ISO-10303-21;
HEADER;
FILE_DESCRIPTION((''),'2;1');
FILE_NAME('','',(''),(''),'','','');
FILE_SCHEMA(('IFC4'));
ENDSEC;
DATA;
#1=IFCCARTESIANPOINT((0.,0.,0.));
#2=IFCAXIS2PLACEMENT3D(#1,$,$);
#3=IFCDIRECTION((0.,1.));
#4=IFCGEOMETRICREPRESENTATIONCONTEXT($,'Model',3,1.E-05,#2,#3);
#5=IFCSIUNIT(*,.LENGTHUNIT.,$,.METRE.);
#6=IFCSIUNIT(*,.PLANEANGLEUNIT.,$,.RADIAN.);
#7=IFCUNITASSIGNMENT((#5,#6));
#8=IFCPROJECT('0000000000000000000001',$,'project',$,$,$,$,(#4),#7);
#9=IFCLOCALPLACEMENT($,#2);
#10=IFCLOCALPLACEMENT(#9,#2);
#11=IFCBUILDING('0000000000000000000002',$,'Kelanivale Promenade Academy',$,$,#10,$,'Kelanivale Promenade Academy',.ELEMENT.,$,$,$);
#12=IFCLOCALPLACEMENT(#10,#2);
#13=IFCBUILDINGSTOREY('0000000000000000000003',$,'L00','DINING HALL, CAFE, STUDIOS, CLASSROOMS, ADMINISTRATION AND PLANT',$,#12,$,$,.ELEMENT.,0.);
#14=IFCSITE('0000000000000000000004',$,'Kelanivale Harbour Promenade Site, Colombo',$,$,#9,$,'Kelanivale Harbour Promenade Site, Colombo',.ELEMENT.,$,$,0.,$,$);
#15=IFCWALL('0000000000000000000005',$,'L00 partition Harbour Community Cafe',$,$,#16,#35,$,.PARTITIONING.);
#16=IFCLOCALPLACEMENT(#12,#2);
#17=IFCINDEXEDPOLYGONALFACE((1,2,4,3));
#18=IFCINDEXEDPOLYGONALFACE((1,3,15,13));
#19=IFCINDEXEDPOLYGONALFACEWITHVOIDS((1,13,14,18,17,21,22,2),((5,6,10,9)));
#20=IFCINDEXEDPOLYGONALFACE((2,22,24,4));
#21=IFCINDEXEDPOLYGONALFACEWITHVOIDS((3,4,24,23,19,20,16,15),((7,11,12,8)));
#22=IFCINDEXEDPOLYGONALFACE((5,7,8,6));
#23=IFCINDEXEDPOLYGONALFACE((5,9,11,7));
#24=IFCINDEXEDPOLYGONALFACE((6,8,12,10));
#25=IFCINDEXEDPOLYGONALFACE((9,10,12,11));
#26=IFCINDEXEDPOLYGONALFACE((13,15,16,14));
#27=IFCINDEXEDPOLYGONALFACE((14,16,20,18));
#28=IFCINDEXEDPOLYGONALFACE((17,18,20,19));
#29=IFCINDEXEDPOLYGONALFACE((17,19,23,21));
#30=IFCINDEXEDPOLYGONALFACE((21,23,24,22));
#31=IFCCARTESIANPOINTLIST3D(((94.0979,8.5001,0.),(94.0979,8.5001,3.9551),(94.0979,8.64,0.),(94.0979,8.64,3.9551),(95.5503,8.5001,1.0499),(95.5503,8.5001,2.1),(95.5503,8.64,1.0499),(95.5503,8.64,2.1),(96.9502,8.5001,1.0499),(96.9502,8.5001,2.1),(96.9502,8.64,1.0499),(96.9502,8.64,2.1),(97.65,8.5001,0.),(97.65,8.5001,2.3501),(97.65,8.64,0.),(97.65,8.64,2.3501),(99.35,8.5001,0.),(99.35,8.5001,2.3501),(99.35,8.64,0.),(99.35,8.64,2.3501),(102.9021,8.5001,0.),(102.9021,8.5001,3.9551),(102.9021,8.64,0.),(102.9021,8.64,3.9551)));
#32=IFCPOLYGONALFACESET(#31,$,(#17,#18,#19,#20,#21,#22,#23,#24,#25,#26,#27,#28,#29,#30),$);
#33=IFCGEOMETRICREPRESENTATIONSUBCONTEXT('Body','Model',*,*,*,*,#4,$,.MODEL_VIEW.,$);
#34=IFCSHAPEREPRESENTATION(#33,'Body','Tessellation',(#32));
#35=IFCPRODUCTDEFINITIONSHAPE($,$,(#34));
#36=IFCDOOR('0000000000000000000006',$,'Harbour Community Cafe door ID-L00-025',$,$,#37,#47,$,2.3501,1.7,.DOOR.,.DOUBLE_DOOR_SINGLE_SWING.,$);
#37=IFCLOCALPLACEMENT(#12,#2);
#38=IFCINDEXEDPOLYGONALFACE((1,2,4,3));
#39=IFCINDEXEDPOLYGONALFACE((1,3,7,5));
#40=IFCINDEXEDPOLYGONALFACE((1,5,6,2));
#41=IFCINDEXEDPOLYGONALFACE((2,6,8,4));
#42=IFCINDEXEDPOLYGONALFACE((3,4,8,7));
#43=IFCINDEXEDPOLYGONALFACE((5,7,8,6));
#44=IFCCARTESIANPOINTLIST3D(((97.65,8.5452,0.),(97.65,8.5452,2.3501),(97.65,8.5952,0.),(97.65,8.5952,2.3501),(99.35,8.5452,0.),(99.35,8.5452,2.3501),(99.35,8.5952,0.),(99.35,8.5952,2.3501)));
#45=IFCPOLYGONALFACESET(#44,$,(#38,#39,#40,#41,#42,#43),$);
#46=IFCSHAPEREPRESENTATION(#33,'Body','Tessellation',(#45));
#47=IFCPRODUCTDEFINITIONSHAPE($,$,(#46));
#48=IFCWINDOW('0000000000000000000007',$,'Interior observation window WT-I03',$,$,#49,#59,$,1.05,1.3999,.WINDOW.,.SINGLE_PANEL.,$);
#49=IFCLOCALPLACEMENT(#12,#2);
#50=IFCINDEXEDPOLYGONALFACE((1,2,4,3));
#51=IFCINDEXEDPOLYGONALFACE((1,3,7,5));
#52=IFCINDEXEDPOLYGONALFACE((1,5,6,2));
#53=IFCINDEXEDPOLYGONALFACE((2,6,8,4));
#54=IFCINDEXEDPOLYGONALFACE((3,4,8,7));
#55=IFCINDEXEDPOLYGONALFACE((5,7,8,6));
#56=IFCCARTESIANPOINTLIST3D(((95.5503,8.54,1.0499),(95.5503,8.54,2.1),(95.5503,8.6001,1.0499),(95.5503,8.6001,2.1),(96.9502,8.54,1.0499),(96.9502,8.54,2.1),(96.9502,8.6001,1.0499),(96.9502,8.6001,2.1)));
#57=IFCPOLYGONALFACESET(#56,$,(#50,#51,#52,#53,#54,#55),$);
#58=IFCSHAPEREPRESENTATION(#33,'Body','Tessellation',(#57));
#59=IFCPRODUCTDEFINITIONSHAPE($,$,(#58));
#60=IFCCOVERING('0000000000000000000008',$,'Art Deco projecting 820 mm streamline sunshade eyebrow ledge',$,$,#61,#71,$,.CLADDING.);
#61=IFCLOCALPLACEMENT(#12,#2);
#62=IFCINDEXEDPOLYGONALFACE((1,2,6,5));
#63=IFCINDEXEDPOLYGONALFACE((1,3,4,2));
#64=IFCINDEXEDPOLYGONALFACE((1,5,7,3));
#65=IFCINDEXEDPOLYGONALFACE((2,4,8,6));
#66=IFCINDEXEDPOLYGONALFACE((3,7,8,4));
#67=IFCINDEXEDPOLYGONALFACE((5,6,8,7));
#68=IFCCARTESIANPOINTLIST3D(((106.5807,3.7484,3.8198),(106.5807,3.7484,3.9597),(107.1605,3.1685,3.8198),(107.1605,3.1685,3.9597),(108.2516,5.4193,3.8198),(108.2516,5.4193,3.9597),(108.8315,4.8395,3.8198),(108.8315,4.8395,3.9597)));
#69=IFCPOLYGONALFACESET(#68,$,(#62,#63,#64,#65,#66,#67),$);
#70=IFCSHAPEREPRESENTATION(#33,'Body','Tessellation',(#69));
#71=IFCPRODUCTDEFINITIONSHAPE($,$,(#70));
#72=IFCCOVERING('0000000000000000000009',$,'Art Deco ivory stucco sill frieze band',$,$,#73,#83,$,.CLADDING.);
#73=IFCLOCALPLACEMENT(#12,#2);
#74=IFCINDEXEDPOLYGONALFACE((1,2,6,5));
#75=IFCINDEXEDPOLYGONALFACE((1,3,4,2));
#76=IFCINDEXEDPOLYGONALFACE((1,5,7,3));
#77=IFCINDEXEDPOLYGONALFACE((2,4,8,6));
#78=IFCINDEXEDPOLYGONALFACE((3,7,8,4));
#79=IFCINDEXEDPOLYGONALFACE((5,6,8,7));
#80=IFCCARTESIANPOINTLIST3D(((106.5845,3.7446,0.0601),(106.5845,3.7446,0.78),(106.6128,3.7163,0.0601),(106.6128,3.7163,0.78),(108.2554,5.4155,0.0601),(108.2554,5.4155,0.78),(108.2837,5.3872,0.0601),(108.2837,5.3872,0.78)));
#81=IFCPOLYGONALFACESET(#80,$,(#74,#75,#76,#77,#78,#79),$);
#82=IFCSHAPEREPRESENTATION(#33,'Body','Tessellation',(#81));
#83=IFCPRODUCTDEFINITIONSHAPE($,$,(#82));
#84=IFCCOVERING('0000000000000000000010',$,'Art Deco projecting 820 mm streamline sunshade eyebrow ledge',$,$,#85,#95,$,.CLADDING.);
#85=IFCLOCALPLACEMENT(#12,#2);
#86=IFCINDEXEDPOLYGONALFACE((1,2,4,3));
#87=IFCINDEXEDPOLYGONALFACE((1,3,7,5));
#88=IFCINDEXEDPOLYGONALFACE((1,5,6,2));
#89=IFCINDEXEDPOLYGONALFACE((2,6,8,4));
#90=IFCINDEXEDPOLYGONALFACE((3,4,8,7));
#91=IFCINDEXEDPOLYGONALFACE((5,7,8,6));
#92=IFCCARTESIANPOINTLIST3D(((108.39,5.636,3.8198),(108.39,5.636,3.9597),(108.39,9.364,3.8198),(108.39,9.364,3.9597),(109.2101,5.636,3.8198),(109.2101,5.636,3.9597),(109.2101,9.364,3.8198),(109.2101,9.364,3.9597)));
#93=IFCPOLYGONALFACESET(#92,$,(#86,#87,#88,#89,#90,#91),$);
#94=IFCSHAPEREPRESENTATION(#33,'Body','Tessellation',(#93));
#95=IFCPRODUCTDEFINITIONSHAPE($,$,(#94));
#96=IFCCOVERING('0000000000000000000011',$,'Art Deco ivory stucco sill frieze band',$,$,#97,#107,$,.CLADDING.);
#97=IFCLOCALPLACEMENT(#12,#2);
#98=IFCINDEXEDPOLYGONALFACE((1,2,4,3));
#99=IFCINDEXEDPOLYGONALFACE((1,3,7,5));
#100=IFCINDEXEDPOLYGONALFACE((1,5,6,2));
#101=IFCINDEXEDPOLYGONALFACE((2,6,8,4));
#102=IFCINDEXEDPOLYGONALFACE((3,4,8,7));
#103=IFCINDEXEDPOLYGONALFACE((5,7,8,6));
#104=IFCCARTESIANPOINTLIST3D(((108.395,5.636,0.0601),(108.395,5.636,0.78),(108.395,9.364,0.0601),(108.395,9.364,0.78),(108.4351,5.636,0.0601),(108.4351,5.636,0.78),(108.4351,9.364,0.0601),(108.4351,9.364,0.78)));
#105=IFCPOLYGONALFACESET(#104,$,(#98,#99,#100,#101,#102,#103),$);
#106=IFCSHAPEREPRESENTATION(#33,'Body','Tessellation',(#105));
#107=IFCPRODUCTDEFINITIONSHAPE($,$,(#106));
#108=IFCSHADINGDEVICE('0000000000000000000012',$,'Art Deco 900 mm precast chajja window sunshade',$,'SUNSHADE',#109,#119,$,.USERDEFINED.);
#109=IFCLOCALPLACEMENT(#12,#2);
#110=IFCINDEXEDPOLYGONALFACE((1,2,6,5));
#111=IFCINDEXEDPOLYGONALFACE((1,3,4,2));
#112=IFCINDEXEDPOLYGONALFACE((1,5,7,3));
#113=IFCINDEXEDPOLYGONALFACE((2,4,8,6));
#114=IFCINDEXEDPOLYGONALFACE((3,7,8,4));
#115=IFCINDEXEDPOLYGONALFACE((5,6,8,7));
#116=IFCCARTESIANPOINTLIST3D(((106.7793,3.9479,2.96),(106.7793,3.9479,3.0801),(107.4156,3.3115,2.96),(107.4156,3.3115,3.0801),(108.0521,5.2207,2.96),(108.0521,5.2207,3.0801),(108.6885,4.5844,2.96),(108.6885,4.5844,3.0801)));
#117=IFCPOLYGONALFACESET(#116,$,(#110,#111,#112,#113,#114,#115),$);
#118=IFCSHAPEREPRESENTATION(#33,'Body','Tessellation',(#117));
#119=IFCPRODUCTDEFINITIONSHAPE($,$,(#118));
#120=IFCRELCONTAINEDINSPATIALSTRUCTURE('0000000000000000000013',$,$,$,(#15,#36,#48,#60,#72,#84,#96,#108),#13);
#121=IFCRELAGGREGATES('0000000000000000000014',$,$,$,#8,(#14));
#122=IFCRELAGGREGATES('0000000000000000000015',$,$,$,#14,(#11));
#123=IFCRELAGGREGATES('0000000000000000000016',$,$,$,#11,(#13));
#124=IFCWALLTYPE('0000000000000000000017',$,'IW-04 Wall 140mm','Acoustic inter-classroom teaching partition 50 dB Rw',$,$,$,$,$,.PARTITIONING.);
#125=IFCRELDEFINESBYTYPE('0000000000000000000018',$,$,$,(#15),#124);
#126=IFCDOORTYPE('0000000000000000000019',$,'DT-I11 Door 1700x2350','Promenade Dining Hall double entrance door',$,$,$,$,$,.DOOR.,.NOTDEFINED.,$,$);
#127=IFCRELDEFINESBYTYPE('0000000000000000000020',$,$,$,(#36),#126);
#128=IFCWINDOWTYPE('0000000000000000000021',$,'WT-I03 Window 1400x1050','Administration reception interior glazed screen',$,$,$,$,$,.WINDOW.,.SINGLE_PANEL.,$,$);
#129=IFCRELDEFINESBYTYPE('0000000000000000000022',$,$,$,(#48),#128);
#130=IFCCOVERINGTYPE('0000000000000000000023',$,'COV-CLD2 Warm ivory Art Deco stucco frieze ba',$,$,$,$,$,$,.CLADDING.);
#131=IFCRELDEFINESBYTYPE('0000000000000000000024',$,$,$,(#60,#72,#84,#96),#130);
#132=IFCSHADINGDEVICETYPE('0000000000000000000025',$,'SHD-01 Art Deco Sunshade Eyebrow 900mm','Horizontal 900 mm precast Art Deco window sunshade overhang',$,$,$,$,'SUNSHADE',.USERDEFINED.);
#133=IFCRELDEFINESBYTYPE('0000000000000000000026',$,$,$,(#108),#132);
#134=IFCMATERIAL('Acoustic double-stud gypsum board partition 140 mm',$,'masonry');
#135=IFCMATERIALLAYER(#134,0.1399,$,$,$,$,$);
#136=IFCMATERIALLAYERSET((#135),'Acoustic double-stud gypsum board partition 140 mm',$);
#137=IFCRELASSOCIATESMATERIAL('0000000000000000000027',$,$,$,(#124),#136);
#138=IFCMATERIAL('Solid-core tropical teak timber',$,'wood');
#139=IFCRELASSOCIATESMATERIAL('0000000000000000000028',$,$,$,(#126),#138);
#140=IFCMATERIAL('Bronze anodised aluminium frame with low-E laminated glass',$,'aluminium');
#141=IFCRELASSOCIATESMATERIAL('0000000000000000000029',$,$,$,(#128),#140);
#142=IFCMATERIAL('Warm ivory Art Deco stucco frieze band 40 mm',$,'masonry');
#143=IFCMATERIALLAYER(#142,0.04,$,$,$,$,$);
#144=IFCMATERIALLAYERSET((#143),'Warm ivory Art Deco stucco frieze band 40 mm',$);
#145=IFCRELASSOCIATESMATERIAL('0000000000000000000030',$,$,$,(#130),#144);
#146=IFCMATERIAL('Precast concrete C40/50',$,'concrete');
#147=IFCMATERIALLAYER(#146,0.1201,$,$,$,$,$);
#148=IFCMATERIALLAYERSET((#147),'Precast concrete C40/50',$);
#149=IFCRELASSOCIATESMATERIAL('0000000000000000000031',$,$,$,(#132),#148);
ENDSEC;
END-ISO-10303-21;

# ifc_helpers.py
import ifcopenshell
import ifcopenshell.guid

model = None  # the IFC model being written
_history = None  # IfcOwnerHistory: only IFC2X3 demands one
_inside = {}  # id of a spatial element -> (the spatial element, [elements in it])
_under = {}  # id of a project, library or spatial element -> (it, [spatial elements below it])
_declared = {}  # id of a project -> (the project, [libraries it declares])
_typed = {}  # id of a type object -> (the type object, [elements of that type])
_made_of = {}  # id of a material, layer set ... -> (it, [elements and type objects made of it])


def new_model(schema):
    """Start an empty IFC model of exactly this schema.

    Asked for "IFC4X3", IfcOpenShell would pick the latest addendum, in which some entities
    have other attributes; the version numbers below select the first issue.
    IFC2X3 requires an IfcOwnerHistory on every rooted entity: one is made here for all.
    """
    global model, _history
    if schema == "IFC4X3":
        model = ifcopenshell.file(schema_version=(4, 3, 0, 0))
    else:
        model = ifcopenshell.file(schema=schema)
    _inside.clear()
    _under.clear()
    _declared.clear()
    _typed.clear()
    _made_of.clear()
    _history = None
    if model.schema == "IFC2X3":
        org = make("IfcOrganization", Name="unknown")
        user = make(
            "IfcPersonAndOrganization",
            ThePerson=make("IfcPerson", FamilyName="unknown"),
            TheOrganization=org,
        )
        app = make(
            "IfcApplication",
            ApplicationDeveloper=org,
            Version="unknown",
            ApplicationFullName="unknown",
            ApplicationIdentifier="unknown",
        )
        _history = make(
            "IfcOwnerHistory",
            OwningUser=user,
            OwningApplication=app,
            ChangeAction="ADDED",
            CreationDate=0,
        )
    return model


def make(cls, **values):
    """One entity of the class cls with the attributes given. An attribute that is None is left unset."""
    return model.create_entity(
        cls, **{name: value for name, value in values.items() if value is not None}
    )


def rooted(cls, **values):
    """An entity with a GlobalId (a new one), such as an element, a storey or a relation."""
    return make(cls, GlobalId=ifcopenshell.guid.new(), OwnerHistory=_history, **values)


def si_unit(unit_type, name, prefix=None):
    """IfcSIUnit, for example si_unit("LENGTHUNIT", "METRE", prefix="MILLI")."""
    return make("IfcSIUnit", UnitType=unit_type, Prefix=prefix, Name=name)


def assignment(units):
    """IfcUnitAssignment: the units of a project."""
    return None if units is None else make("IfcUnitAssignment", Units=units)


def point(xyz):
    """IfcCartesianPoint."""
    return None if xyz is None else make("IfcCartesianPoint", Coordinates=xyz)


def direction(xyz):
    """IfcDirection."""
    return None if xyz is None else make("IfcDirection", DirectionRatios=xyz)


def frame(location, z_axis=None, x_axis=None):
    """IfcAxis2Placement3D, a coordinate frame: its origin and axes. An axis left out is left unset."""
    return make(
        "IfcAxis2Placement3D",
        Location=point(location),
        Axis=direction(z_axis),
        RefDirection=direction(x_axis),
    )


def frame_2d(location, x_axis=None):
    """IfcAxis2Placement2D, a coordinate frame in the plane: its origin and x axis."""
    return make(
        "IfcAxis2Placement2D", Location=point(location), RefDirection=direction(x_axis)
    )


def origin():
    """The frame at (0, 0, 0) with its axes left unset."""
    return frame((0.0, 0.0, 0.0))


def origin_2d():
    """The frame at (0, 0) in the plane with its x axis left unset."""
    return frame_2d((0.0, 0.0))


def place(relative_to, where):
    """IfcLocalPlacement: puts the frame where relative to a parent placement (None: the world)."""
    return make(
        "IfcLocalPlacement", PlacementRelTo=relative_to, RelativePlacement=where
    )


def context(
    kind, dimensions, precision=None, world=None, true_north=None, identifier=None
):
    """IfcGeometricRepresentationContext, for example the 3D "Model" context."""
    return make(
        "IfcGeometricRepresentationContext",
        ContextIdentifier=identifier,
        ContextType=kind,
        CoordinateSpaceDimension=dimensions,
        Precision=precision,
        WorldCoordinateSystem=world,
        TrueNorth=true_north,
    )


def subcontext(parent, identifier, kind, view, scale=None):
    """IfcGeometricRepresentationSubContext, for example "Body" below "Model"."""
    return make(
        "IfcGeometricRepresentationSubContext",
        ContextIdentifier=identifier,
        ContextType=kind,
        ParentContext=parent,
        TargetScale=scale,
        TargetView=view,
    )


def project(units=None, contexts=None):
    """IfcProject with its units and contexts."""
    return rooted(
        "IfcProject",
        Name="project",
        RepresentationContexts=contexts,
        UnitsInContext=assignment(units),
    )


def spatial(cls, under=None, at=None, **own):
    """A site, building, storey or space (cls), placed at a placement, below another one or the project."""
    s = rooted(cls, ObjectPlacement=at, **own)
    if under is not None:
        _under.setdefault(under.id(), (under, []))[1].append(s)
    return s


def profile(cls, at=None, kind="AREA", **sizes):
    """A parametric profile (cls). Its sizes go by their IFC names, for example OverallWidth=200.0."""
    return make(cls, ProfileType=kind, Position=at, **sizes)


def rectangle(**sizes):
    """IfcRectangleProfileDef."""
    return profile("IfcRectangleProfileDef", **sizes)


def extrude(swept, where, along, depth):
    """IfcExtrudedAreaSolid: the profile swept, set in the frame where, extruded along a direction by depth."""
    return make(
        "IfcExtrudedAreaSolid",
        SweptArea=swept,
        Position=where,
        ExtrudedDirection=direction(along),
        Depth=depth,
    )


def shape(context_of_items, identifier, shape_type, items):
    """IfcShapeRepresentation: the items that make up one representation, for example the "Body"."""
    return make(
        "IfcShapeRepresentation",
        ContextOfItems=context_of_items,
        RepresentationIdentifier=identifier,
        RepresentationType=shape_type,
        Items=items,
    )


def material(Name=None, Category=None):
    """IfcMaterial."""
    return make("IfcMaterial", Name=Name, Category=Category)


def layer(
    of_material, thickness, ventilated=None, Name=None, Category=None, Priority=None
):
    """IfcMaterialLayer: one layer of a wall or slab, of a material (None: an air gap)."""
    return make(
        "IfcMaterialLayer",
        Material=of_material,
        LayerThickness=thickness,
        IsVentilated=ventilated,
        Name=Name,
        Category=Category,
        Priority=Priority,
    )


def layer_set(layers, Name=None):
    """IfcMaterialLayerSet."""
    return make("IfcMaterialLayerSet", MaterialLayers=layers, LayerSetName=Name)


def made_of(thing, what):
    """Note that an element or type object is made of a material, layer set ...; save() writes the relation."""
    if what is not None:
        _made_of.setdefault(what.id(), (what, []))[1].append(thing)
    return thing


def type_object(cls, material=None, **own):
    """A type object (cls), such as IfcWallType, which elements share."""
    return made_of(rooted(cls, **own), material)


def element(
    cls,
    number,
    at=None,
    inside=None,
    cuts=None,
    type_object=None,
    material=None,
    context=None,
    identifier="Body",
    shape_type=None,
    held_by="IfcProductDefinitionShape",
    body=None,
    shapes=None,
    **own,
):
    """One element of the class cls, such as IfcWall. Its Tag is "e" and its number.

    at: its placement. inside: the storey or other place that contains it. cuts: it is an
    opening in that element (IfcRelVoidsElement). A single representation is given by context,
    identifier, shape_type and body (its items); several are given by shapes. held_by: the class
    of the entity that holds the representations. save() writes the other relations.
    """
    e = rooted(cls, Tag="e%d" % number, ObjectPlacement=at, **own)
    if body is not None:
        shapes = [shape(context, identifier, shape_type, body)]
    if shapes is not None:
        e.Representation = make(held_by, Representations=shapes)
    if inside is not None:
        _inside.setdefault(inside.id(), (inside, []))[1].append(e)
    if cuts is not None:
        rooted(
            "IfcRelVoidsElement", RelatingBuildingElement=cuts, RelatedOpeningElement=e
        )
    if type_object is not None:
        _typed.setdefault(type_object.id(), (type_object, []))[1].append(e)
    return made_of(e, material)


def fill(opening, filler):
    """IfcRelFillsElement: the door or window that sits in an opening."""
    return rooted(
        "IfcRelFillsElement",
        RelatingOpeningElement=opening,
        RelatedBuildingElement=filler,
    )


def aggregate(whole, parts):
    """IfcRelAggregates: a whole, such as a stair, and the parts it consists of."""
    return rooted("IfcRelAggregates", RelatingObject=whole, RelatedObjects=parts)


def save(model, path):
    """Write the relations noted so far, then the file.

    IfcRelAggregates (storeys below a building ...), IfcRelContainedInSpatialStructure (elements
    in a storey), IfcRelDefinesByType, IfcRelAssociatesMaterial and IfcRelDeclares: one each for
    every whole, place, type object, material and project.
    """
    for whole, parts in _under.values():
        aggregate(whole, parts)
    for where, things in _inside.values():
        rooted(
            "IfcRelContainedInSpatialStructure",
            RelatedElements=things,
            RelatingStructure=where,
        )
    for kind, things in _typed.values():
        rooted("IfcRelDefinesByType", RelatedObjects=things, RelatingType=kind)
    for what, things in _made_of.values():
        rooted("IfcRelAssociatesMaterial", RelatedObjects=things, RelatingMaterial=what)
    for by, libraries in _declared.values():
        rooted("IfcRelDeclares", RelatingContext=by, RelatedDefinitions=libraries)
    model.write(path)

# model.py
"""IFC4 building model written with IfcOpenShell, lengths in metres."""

from ifc_helpers import new_model, si_unit, direction, frame, frame_2d, origin, origin_2d, place, context, subcontext, project, spatial, rectangle, extrude, material, layer, layer_set, type_object, element, fill, save


model = new_model("IFC4")

# Units and contexts
model_context = context("Model", 3, precision=1e-05, world=origin(), true_north=direction((0.0, 1.0)))
body_context = subcontext(model_context, "Body", "Model", "MODEL_VIEW")
ifc_project = project(units=[si_unit("LENGTHUNIT", "METRE"), si_unit("PLANEANGLEUNIT", "RADIAN")], contexts=[model_context])

# Site, building, storey
site_placement = place(None, origin())
site = spatial("IfcSite", under=ifc_project, at=site_placement, Name="Kelanivale Harbour Promenade Site, Colombo", LongName="Kelanivale Harbour Promenade Site, Colombo", CompositionType="ELEMENT", RefElevation=0.0)
building_placement = place(site_placement, origin())
building = spatial("IfcBuilding", under=site, at=building_placement, Name="Kelanivale Promenade Academy", LongName="Kelanivale Promenade Academy", CompositionType="ELEMENT")
storey_placement = place(building_placement, origin())
storey = spatial("IfcBuildingStorey", under=building, at=storey_placement, Name="L00", Description="DINING HALL, CAFE, STUDIOS, CLASSROOMS, ADMINISTRATION AND PLANT", CompositionType="ELEMENT", Elevation=0.0)

# Shared definitions
ifc_material_1 = material(Name="Bronze anodised aluminium frame with low-E laminated glass", Category="aluminium")

# Shared definitions
ifc_material_2 = material(Name="Acoustic double-stud gypsum board partition 140 mm", Category="masonry")
ifc_layer_1 = layer(ifc_material_2, 0.1399)
ifc_layer_set_1 = layer_set([ifc_layer_1], Name="Acoustic double-stud gypsum board partition 140 mm")
wall_type_1 = type_object("IfcWallType", Name="IW-04 Wall 140mm", Description="Acoustic inter-classroom teaching partition 50 dB Rw", PredefinedType="PARTITIONING", material=ifc_layer_set_1)

# Wall, openings, door, window
wall_1_placement = place(storey_placement, frame((102.9021, 8.5701, 0.0), z_axis=(0.0, 0.0, 1.0), x_axis=(-1.0, 0.0, 0.0)))
wall_1 = element("IfcWall", 1, at=wall_1_placement, inside=storey, type_object=wall_type_1, Name="L00 partition Harbour Community Cafe", PredefinedType="PARTITIONING", context=body_context, shape_type="SweptSolid", body=[
    extrude(rectangle(XDim=8.8042, YDim=0.1399, at=frame_2d((4.4021, 0.0))), origin(), (0.0, 0.0, 1.0), 3.9551),
])
opening_1_placement = place(wall_1_placement, frame((3.552, 0.0, 0.0)))
opening_1 = element("IfcOpeningElement", 2, at=opening_1_placement, cuts=wall_1, PredefinedType="OPENING", context=body_context, shape_type="SweptSolid", body=[
    extrude(rectangle(XDim=1.7, YDim=2.3501, at=frame_2d((0.8501, 1.175))), frame((0.0, 0.0801, 0.0), z_axis=(0.0, -1.0, 0.0), x_axis=(1.0, 0.0, 0.0)), (0.0, 0.0, 1.0), 0.1599),
])
opening_2_placement = place(wall_1_placement, frame((5.9519, 0.0, 1.05)))
opening_2 = element("IfcOpeningElement", 3, at=opening_2_placement, cuts=wall_1, PredefinedType="OPENING", context=body_context, shape_type="SweptSolid", body=[
    extrude(rectangle(XDim=1.3999, YDim=1.05, at=frame_2d((0.7, 0.5249))), frame((0.0, 0.0801, 0.0), z_axis=(0.0, -1.0, 0.0), x_axis=(1.0, 0.0, 0.0)), (0.0, 0.0, 1.0), 0.1599),
])
ifc_material_3 = material(Name="Solid-core tropical teak timber", Category="wood")
door_type = type_object("IfcDoorType", Name="DT-I11 Door 1700x2350", Description="Promenade Dining Hall double entrance door", OperationType="NOTDEFINED", PredefinedType="DOOR", material=ifc_material_3)
door_placement = place(opening_1_placement, origin())
door = element("IfcDoor", 4, at=door_placement, inside=storey, type_object=door_type, Name="Harbour Community Cafe door ID-L00-025", OperationType="DOUBLE_DOOR_SINGLE_SWING", OverallHeight=2.3501, OverallWidth=1.7, PredefinedType="DOOR", context=body_context, shape_type="SweptSolid", body=[
    extrude(rectangle(XDim=1.7, YDim=2.3501, at=frame_2d((0.8501, 1.175))), frame((0.0, 0.0249, 0.0), z_axis=(0.0, -1.0, 0.0), x_axis=(1.0, 0.0, 0.0)), (0.0, 0.0, 1.0), 0.05),
])
fill(opening_1, door)
window_type_1 = type_object("IfcWindowType", Name="WT-I03 Window 1400x1050", Description="Administration reception interior glazed screen", PartitioningType="SINGLE_PANEL", PredefinedType="WINDOW", material=ifc_material_1)
window_1_placement = place(opening_2_placement, origin())
window_1 = element("IfcWindow", 5, at=window_1_placement, inside=storey, type_object=window_type_1, Name="Interior observation window WT-I03", OverallHeight=1.05, OverallWidth=1.3999, PartitioningType="SINGLE_PANEL", PredefinedType="WINDOW", context=body_context, shape_type="SweptSolid", body=[
    extrude(rectangle(XDim=1.3999, YDim=1.05, at=frame_2d((0.7, 0.5249))), frame((0.0, 0.03, 0.0), z_axis=(0.0, -1.0, 0.0), x_axis=(1.0, 0.0, 0.0)), (0.0, 0.0, 1.0), 0.0601),
])
fill(opening_2, window_1)

# Coverings
ifc_material_4 = material(Name="Warm ivory Art Deco stucco frieze band 40 mm", Category="masonry")
ifc_layer_2 = layer(ifc_material_4, 0.04)
ifc_layer_set_2 = layer_set([ifc_layer_2], Name="Warm ivory Art Deco stucco frieze band 40 mm")
covering_type = type_object("IfcCoveringType", Name="COV-CLD2 Warm ivory Art Deco stucco frieze ba", PredefinedType="CLADDING", material=ifc_layer_set_2)
covering_1_placement = place(storey_placement, frame((107.7061, 4.2939, 3.8198), z_axis=(0.0, 0.0, 1.0), x_axis=(0.707107, 0.707107, 0.0)))
element("IfcCovering", 6, at=covering_1_placement, inside=storey, type_object=covering_type, Name="Art Deco projecting 820 mm streamline sunshade eyebrow ledge", PredefinedType="CLADDING", context=body_context, shape_type="SweptSolid", body=[
    extrude(rectangle(XDim=2.363, YDim=0.8201, at=origin_2d()), origin(), (0.0, 0.0, 1.0), 0.1399),
])
covering_2_placement = place(storey_placement, frame((107.4341, 4.5659, 0.0601), z_axis=(0.0, 0.0, 1.0), x_axis=(0.707107, 0.707107, 0.0)))
element("IfcCovering", 7, at=covering_2_placement, inside=storey, type_object=covering_type, Name="Art Deco ivory stucco sill frieze band", PredefinedType="CLADDING", context=body_context, shape_type="SweptSolid", body=[
    extrude(rectangle(XDim=2.363, YDim=0.04, at=origin_2d()), origin(), (0.0, 0.0, 1.0), 0.72),
])
covering_3_placement = place(storey_placement, frame((108.8, 7.5, 3.8198), z_axis=(0.0, 0.0, 1.0), x_axis=(0.0, 1.0, 0.0)))
element("IfcCovering", 8, at=covering_3_placement, inside=storey, type_object=covering_type, Name="Art Deco projecting 820 mm streamline sunshade eyebrow ledge", PredefinedType="CLADDING", context=body_context, shape_type="SweptSolid", body=[
    extrude(rectangle(XDim=3.728, YDim=0.8201, at=origin_2d()), origin(), (0.0, 0.0, 1.0), 0.1399),
])
covering_4_placement = place(storey_placement, frame((108.415, 7.5, 0.0601), z_axis=(0.0, 0.0, 1.0), x_axis=(0.0, 1.0, 0.0)))
element("IfcCovering", 9, at=covering_4_placement, inside=storey, type_object=covering_type, Name="Art Deco ivory stucco sill frieze band", PredefinedType="CLADDING", context=body_context, shape_type="SweptSolid", body=[
    extrude(rectangle(XDim=3.728, YDim=0.04, at=origin_2d()), origin(), (0.0, 0.0, 1.0), 0.72),
])

# Shading device
ifc_material_5 = material(Name="Precast concrete C40/50", Category="concrete")
ifc_layer_3 = layer(ifc_material_5, 0.1201)
ifc_layer_set_3 = layer_set([ifc_layer_3], Name="Precast concrete C40/50")
shading_device_type = type_object("IfcShadingDeviceType", Name="SHD-01 Art Deco Sunshade Eyebrow 900mm", Description="Horizontal 900 mm precast Art Deco window sunshade overhang", ElementType="SUNSHADE", PredefinedType="USERDEFINED", material=ifc_layer_set_3)
shading_device_placement = place(storey_placement, frame((107.7339, 4.2661, 2.96), z_axis=(0.0, 0.0, 1.0), x_axis=(0.707107, 0.707107, 0.0)))
element("IfcShadingDevice", 10, at=shading_device_placement, inside=storey, type_object=shading_device_type, Name="Art Deco 900 mm precast chajja window sunshade", ObjectType="SUNSHADE", PredefinedType="USERDEFINED", context=body_context, shape_type="SweptSolid", body=[
    extrude(rectangle(XDim=1.8, YDim=0.8999, at=origin_2d()), origin(), (0.0, 0.0, 1.0), 0.1201),
])

save(model, "model.ifc")
